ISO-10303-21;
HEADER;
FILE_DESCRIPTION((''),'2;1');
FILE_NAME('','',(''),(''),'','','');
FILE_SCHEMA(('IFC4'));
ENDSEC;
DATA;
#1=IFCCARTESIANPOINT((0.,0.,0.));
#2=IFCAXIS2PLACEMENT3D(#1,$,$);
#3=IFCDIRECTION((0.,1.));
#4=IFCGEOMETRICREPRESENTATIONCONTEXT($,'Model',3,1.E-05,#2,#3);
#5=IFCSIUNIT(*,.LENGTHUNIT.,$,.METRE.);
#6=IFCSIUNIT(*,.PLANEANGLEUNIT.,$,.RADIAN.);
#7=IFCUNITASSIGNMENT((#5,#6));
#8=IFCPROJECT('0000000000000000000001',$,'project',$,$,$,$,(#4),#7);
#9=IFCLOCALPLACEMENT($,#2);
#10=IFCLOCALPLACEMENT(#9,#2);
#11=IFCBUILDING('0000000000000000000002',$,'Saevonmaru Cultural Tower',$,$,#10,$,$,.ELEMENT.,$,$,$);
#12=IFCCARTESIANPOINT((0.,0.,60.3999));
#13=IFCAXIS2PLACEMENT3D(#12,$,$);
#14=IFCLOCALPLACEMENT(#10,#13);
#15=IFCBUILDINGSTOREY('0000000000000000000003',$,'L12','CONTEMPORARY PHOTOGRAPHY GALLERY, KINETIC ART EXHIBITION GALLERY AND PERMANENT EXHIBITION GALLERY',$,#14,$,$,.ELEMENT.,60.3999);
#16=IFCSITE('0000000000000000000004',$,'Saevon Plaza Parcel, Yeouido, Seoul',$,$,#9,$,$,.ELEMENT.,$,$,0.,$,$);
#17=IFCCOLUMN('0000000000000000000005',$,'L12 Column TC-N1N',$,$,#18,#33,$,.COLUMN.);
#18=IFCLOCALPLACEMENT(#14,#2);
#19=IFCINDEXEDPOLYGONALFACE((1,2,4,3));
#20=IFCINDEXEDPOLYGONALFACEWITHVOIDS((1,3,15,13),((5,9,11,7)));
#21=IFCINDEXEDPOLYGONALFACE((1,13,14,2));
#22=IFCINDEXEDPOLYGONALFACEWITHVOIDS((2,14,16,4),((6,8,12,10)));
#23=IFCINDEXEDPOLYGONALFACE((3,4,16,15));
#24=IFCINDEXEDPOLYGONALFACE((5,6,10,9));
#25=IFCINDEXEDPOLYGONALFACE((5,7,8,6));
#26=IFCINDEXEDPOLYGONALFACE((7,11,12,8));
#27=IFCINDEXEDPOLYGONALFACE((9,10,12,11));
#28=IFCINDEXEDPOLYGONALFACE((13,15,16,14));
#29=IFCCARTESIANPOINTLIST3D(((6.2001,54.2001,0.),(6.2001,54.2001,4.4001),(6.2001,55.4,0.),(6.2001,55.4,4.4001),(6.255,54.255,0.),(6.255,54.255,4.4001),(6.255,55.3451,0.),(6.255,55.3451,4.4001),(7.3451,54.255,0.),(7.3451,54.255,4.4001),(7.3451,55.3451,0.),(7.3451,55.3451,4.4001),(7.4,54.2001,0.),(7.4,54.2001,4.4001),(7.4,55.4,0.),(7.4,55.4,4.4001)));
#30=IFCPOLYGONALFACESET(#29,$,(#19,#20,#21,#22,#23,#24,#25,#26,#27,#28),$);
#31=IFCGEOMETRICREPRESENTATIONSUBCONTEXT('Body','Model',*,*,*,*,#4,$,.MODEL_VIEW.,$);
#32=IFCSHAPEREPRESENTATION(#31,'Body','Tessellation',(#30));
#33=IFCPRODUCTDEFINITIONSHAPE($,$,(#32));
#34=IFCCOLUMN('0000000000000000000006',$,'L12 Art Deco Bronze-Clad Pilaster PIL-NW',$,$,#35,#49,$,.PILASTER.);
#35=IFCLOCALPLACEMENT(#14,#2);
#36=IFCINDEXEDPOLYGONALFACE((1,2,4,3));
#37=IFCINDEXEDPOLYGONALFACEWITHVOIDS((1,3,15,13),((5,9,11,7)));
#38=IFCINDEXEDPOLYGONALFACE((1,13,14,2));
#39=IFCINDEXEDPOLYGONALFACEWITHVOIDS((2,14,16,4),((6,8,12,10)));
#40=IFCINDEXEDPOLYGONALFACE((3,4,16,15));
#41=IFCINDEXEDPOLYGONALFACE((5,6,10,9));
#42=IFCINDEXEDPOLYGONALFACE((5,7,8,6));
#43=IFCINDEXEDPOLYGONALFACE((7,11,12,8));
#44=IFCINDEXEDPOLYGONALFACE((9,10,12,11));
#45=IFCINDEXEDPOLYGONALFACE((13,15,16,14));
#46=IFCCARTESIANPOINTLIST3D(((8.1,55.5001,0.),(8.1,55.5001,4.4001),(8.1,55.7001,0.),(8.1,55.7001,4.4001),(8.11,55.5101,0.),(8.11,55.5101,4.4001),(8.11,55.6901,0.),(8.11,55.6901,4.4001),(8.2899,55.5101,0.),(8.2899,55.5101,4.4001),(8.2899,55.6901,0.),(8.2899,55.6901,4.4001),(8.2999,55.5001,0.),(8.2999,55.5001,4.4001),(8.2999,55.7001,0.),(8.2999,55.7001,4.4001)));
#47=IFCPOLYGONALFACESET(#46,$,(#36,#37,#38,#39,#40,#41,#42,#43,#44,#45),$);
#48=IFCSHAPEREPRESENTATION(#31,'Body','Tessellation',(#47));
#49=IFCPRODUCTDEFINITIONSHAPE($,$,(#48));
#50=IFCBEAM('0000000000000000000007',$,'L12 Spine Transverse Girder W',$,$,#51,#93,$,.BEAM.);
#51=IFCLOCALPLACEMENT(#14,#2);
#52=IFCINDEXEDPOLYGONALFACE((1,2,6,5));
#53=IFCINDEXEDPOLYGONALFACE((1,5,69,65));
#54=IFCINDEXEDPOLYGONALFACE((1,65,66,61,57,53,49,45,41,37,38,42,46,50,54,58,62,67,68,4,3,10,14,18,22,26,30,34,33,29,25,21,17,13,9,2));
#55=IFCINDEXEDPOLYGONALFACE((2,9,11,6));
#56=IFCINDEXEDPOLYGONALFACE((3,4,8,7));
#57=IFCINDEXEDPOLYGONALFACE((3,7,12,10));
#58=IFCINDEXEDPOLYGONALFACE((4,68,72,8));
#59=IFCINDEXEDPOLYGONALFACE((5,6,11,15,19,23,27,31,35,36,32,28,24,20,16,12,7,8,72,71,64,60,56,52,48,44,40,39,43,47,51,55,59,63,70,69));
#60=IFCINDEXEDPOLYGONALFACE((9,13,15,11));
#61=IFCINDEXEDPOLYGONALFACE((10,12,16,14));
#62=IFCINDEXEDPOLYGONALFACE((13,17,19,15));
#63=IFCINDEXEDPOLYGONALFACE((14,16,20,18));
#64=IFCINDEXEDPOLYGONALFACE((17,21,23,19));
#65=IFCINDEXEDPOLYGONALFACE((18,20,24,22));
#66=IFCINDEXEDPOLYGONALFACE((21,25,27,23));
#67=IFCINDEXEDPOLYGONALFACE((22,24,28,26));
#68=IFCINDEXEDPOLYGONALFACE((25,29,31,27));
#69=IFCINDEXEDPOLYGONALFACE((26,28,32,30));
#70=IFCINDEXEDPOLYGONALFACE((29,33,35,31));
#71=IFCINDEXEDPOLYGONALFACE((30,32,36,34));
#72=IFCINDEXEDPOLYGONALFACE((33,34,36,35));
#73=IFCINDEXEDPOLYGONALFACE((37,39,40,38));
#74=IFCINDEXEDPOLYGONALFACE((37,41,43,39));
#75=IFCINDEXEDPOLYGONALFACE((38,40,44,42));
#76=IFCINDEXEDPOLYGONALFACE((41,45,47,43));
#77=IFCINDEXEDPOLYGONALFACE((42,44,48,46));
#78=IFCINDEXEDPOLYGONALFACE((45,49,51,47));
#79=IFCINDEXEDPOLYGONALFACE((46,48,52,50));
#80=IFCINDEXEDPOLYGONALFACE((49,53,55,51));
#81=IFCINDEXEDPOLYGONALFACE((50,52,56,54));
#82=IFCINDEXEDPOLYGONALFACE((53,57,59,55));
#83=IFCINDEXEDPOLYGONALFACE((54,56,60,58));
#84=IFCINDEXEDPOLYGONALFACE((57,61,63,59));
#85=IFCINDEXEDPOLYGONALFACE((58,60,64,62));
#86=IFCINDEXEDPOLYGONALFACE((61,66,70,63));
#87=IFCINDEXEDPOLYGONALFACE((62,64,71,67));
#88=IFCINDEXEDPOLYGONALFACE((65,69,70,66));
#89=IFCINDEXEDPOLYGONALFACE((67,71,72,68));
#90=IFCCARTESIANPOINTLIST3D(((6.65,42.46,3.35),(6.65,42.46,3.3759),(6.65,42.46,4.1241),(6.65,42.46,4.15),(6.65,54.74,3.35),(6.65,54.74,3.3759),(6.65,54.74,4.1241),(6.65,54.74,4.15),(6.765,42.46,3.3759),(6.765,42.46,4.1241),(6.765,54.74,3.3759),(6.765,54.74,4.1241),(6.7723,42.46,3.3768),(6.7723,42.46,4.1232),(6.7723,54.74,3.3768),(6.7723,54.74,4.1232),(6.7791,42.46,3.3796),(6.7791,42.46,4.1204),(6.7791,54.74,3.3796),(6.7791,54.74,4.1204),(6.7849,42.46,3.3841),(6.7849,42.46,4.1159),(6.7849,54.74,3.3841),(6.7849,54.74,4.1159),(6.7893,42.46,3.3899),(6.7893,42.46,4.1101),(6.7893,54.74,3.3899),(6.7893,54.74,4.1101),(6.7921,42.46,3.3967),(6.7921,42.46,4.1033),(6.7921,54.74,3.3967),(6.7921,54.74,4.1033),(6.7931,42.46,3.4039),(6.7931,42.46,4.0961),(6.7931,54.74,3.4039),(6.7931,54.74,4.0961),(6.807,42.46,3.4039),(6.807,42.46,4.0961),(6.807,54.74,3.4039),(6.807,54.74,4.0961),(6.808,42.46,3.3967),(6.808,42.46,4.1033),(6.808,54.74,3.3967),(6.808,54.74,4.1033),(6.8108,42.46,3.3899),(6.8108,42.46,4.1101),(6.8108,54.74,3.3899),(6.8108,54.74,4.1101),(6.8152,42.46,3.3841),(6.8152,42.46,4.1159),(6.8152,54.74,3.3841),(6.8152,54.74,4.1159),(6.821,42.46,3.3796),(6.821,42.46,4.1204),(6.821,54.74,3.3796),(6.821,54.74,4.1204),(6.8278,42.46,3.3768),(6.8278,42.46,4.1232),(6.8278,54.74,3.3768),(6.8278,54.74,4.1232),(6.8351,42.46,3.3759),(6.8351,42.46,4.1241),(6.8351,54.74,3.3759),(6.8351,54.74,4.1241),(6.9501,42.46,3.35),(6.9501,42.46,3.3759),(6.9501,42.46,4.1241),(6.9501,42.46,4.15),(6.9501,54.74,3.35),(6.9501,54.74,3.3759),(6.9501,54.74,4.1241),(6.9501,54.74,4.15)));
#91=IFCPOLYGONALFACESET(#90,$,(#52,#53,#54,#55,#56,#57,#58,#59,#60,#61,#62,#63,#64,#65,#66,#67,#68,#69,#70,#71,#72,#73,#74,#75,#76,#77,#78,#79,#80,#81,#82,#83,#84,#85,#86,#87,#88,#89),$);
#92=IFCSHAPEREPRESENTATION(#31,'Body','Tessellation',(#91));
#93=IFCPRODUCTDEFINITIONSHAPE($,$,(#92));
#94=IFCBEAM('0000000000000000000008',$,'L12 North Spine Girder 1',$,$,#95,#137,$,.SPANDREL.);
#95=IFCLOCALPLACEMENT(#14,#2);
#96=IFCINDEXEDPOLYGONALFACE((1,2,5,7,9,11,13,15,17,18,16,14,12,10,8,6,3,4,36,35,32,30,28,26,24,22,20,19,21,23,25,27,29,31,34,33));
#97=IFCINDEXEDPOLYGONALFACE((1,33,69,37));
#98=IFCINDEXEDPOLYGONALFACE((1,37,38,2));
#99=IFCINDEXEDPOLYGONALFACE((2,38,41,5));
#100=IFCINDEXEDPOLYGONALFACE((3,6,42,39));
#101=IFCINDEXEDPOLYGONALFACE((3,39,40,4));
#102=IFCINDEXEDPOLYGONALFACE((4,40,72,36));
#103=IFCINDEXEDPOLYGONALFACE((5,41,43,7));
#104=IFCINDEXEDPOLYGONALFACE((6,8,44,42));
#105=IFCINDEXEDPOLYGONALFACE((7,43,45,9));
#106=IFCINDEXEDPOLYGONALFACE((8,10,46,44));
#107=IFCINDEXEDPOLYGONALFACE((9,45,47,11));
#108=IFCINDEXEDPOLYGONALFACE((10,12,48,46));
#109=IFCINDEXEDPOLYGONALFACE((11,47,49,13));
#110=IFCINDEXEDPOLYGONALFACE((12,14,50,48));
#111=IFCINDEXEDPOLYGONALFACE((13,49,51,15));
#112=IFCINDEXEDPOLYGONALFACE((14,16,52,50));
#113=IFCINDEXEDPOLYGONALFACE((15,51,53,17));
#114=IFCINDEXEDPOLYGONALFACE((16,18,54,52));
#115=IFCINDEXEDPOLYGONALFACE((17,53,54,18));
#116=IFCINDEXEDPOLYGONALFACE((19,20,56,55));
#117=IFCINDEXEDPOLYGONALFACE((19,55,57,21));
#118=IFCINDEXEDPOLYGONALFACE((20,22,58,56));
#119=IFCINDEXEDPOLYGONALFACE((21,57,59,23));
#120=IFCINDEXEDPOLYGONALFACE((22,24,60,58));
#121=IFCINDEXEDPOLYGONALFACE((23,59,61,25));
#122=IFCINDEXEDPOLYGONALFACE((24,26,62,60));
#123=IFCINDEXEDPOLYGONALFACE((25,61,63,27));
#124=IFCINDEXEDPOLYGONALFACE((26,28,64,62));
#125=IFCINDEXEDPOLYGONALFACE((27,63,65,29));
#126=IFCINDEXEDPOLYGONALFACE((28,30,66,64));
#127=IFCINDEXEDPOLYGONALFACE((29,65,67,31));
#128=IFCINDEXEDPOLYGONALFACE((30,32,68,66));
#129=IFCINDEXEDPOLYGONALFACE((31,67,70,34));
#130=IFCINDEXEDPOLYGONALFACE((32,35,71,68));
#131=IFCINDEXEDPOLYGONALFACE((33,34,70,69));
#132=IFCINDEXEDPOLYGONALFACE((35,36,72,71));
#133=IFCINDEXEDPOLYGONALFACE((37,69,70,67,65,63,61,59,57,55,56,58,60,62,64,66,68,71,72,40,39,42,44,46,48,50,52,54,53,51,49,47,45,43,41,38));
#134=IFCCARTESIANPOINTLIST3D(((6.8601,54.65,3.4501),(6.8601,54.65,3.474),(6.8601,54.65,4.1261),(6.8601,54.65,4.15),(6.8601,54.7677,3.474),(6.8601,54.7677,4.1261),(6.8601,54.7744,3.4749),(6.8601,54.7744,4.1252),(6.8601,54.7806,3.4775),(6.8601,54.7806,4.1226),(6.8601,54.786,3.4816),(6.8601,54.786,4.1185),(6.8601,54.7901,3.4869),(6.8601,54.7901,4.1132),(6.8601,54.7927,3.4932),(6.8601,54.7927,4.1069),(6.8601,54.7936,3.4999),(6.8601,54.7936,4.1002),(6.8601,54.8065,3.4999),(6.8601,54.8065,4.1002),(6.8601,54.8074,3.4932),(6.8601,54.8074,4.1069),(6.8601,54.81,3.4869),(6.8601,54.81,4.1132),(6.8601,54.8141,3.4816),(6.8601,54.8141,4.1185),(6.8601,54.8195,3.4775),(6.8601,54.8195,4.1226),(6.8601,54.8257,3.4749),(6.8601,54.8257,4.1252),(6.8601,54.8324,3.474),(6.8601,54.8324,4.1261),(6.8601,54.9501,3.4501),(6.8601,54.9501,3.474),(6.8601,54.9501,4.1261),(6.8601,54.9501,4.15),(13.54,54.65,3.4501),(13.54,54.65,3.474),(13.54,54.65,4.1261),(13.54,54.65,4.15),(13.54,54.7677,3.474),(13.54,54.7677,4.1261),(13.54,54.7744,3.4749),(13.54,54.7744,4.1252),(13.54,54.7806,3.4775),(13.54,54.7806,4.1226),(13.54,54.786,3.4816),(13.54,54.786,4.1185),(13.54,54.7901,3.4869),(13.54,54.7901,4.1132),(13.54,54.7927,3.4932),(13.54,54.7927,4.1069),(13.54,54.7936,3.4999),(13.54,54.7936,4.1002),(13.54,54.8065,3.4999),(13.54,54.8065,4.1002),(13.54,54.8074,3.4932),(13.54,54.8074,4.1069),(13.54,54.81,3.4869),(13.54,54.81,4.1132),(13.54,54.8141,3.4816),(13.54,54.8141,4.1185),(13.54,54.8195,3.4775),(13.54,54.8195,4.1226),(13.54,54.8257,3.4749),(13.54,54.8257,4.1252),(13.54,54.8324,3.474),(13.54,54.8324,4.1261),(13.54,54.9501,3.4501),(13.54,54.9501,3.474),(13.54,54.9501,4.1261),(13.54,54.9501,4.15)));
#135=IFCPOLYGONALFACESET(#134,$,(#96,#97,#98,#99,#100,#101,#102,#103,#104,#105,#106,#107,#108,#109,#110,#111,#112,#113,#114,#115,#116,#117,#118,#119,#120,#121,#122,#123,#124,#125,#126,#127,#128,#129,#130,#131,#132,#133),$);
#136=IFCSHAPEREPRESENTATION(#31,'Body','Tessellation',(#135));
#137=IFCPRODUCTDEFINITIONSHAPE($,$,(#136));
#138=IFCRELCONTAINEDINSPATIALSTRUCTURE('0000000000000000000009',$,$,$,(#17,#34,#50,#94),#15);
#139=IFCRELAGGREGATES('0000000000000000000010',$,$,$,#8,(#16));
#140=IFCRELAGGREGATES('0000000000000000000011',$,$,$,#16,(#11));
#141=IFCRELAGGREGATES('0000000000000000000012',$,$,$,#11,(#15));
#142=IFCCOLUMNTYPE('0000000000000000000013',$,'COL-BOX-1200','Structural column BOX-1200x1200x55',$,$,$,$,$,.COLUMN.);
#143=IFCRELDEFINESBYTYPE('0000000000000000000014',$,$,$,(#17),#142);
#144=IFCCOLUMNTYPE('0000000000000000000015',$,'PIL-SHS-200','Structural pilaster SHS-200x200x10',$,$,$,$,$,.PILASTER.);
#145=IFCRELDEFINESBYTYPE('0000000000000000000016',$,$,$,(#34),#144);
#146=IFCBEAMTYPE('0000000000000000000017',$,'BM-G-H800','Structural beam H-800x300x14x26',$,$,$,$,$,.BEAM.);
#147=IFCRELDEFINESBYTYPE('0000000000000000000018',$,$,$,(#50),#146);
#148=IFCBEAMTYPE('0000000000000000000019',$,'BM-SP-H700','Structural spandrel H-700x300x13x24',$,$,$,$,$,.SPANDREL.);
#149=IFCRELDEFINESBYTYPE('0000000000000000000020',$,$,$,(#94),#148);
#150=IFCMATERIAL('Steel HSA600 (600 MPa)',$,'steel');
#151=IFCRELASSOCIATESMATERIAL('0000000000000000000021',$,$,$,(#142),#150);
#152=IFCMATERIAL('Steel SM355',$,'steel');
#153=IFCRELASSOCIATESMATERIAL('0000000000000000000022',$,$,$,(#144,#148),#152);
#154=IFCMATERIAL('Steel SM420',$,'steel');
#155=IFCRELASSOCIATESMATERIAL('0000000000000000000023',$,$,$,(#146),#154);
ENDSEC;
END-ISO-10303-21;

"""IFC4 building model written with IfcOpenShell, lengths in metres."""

from ifc_helpers import new_model, si_unit, direction, frame, origin, origin_2d, place, context, subcontext, project, spatial, hollow_rectangle, i_section, extrude, material, material_profile, profile_set, type_object, element, save


model = new_model("IFC4")

# Units and contexts
model_context = context("Model", 3, precision=1e-05, world=origin(), true_north=direction((0.0, 1.0)))
body_context = subcontext(model_context, "Body", "Model", "MODEL_VIEW")
ifc_project = project(units=[si_unit("LENGTHUNIT", "METRE"), si_unit("PLANEANGLEUNIT", "RADIAN")], contexts=[model_context])

# Site, building, storey
site_placement = place(None, origin())
site = spatial("IfcSite", under=ifc_project, at=site_placement, Name="Saevon Plaza Parcel, Yeouido, Seoul", CompositionType="ELEMENT", RefElevation=0.0)
building_placement = place(site_placement, origin())
building = spatial("IfcBuilding", under=site, at=building_placement, Name="Saevonmaru Cultural Tower", CompositionType="ELEMENT")
storey_placement = place(building_placement, frame((0.0, 0.0, 60.3999)))
storey = spatial("IfcBuildingStorey", under=building, at=storey_placement, Name="L12", Description="CONTEMPORARY PHOTOGRAPHY GALLERY, KINETIC ART EXHIBITION GALLERY AND PERMANENT EXHIBITION GALLERY", CompositionType="ELEMENT", Elevation=60.3999)

# Columns
ifc_material_1 = material(Name="Steel HSA600 (600 MPa)", Category="steel")
ifc_material_profile_1 = material_profile(ifc_material_1, hollow_rectangle(XDim=1.2, YDim=1.2, WallThickness=0.0549, at=origin_2d()), Name="BOX-1200x1200x55")
ifc_profile_set_1 = profile_set([ifc_material_profile_1], Name="Steel HSA600 (600 MPa)")
column_type_1 = type_object("IfcColumnType", Name="COL-BOX-1200", Description="Structural column BOX-1200x1200x55", PredefinedType="COLUMN", material=ifc_profile_set_1)
column_1_placement = place(storey_placement, frame((6.8, 54.8, 0.0), z_axis=(0.0, 0.0, 1.0), x_axis=(1.0, 0.0, 0.0)))
element("IfcColumn", 1, at=column_1_placement, inside=storey, type_object=column_type_1, Name="L12 Column TC-N1N", PredefinedType="COLUMN", context=body_context, shape_type="SweptSolid", body=[
    extrude(hollow_rectangle(XDim=1.2, YDim=1.2, WallThickness=0.0549, at=origin_2d()), origin(), (0.0, 0.0, 1.0), 4.4001),
])
ifc_material_2 = material(Name="Steel SM355", Category="steel")
ifc_material_profile_2 = material_profile(ifc_material_2, hollow_rectangle(XDim=0.2, YDim=0.2, WallThickness=0.01, at=origin_2d()), Name="SHS-200x200x10")
ifc_profile_set_2 = profile_set([ifc_material_profile_2], Name="Steel SM355")
column_type_2 = type_object("IfcColumnType", Name="PIL-SHS-200", Description="Structural pilaster SHS-200x200x10", PredefinedType="PILASTER", material=ifc_profile_set_2)
column_2_placement = place(storey_placement, frame((8.2, 55.6001, 0.0), z_axis=(0.0, 0.0, 1.0), x_axis=(1.0, 0.0, 0.0)))
element("IfcColumn", 2, at=column_2_placement, inside=storey, type_object=column_type_2, Name="L12 Art Deco Bronze-Clad Pilaster PIL-NW", PredefinedType="PILASTER", context=body_context, shape_type="SweptSolid", body=[
    extrude(hollow_rectangle(XDim=0.2, YDim=0.2, WallThickness=0.01, at=origin_2d()), origin(), (0.0, 0.0, 1.0), 4.4001),
])

# Beams
ifc_material_3 = material(Name="Steel SM420", Category="steel")
ifc_material_profile_3 = material_profile(ifc_material_3, i_section(OverallWidth=0.3, OverallDepth=0.8, WebThickness=0.0139, FlangeThickness=0.0259, FilletRadius=0.0281, at=origin_2d()), Name="H-800x300x14x26")
ifc_profile_set_3 = profile_set([ifc_material_profile_3], Name="Steel SM420")
beam_type_1 = type_object("IfcBeamType", Name="BM-G-H800", Description="Structural beam H-800x300x14x26", PredefinedType="BEAM", material=ifc_profile_set_3)
beam_1_placement = place(storey_placement, frame((6.8, 54.74, 3.75), z_axis=(0.0, -1.0, 0.0), x_axis=(1.0, 0.0, 0.0)))
element("IfcBeam", 3, at=beam_1_placement, inside=storey, type_object=beam_type_1, Name="L12 Spine Transverse Girder W", PredefinedType="BEAM", context=body_context, shape_type="SweptSolid", body=[
    extrude(i_section(OverallWidth=0.3, OverallDepth=0.8, WebThickness=0.0139, FlangeThickness=0.0259, FilletRadius=0.0281, at=origin_2d()), origin(), (0.0, 0.0, 1.0), 12.28),
])
ifc_material_profile_4 = material_profile(ifc_material_2, i_section(OverallWidth=0.3, OverallDepth=0.7, WebThickness=0.0129, FlangeThickness=0.0239, FilletRadius=0.0259, at=origin_2d()), Name="H-700x300x13x24")
ifc_profile_set_4 = profile_set([ifc_material_profile_4], Name="Steel SM355")
beam_type_2 = type_object("IfcBeamType", Name="BM-SP-H700", Description="Structural spandrel H-700x300x13x24", PredefinedType="SPANDREL", material=ifc_profile_set_4)
beam_2_placement = place(storey_placement, frame((6.8601, 54.8, 3.8), z_axis=(1.0, 0.0, 0.0), x_axis=(0.0, 1.0, 0.0)))
element("IfcBeam", 4, at=beam_2_placement, inside=storey, type_object=beam_type_2, Name="L12 North Spine Girder 1", PredefinedType="SPANDREL", context=body_context, shape_type="SweptSolid", body=[
    extrude(i_section(OverallWidth=0.3, OverallDepth=0.7, WebThickness=0.0129, FlangeThickness=0.0239, FilletRadius=0.0259, at=origin_2d()), origin(), (0.0, 0.0, 1.0), 6.6799),
])

save(model, "model.ifc")
